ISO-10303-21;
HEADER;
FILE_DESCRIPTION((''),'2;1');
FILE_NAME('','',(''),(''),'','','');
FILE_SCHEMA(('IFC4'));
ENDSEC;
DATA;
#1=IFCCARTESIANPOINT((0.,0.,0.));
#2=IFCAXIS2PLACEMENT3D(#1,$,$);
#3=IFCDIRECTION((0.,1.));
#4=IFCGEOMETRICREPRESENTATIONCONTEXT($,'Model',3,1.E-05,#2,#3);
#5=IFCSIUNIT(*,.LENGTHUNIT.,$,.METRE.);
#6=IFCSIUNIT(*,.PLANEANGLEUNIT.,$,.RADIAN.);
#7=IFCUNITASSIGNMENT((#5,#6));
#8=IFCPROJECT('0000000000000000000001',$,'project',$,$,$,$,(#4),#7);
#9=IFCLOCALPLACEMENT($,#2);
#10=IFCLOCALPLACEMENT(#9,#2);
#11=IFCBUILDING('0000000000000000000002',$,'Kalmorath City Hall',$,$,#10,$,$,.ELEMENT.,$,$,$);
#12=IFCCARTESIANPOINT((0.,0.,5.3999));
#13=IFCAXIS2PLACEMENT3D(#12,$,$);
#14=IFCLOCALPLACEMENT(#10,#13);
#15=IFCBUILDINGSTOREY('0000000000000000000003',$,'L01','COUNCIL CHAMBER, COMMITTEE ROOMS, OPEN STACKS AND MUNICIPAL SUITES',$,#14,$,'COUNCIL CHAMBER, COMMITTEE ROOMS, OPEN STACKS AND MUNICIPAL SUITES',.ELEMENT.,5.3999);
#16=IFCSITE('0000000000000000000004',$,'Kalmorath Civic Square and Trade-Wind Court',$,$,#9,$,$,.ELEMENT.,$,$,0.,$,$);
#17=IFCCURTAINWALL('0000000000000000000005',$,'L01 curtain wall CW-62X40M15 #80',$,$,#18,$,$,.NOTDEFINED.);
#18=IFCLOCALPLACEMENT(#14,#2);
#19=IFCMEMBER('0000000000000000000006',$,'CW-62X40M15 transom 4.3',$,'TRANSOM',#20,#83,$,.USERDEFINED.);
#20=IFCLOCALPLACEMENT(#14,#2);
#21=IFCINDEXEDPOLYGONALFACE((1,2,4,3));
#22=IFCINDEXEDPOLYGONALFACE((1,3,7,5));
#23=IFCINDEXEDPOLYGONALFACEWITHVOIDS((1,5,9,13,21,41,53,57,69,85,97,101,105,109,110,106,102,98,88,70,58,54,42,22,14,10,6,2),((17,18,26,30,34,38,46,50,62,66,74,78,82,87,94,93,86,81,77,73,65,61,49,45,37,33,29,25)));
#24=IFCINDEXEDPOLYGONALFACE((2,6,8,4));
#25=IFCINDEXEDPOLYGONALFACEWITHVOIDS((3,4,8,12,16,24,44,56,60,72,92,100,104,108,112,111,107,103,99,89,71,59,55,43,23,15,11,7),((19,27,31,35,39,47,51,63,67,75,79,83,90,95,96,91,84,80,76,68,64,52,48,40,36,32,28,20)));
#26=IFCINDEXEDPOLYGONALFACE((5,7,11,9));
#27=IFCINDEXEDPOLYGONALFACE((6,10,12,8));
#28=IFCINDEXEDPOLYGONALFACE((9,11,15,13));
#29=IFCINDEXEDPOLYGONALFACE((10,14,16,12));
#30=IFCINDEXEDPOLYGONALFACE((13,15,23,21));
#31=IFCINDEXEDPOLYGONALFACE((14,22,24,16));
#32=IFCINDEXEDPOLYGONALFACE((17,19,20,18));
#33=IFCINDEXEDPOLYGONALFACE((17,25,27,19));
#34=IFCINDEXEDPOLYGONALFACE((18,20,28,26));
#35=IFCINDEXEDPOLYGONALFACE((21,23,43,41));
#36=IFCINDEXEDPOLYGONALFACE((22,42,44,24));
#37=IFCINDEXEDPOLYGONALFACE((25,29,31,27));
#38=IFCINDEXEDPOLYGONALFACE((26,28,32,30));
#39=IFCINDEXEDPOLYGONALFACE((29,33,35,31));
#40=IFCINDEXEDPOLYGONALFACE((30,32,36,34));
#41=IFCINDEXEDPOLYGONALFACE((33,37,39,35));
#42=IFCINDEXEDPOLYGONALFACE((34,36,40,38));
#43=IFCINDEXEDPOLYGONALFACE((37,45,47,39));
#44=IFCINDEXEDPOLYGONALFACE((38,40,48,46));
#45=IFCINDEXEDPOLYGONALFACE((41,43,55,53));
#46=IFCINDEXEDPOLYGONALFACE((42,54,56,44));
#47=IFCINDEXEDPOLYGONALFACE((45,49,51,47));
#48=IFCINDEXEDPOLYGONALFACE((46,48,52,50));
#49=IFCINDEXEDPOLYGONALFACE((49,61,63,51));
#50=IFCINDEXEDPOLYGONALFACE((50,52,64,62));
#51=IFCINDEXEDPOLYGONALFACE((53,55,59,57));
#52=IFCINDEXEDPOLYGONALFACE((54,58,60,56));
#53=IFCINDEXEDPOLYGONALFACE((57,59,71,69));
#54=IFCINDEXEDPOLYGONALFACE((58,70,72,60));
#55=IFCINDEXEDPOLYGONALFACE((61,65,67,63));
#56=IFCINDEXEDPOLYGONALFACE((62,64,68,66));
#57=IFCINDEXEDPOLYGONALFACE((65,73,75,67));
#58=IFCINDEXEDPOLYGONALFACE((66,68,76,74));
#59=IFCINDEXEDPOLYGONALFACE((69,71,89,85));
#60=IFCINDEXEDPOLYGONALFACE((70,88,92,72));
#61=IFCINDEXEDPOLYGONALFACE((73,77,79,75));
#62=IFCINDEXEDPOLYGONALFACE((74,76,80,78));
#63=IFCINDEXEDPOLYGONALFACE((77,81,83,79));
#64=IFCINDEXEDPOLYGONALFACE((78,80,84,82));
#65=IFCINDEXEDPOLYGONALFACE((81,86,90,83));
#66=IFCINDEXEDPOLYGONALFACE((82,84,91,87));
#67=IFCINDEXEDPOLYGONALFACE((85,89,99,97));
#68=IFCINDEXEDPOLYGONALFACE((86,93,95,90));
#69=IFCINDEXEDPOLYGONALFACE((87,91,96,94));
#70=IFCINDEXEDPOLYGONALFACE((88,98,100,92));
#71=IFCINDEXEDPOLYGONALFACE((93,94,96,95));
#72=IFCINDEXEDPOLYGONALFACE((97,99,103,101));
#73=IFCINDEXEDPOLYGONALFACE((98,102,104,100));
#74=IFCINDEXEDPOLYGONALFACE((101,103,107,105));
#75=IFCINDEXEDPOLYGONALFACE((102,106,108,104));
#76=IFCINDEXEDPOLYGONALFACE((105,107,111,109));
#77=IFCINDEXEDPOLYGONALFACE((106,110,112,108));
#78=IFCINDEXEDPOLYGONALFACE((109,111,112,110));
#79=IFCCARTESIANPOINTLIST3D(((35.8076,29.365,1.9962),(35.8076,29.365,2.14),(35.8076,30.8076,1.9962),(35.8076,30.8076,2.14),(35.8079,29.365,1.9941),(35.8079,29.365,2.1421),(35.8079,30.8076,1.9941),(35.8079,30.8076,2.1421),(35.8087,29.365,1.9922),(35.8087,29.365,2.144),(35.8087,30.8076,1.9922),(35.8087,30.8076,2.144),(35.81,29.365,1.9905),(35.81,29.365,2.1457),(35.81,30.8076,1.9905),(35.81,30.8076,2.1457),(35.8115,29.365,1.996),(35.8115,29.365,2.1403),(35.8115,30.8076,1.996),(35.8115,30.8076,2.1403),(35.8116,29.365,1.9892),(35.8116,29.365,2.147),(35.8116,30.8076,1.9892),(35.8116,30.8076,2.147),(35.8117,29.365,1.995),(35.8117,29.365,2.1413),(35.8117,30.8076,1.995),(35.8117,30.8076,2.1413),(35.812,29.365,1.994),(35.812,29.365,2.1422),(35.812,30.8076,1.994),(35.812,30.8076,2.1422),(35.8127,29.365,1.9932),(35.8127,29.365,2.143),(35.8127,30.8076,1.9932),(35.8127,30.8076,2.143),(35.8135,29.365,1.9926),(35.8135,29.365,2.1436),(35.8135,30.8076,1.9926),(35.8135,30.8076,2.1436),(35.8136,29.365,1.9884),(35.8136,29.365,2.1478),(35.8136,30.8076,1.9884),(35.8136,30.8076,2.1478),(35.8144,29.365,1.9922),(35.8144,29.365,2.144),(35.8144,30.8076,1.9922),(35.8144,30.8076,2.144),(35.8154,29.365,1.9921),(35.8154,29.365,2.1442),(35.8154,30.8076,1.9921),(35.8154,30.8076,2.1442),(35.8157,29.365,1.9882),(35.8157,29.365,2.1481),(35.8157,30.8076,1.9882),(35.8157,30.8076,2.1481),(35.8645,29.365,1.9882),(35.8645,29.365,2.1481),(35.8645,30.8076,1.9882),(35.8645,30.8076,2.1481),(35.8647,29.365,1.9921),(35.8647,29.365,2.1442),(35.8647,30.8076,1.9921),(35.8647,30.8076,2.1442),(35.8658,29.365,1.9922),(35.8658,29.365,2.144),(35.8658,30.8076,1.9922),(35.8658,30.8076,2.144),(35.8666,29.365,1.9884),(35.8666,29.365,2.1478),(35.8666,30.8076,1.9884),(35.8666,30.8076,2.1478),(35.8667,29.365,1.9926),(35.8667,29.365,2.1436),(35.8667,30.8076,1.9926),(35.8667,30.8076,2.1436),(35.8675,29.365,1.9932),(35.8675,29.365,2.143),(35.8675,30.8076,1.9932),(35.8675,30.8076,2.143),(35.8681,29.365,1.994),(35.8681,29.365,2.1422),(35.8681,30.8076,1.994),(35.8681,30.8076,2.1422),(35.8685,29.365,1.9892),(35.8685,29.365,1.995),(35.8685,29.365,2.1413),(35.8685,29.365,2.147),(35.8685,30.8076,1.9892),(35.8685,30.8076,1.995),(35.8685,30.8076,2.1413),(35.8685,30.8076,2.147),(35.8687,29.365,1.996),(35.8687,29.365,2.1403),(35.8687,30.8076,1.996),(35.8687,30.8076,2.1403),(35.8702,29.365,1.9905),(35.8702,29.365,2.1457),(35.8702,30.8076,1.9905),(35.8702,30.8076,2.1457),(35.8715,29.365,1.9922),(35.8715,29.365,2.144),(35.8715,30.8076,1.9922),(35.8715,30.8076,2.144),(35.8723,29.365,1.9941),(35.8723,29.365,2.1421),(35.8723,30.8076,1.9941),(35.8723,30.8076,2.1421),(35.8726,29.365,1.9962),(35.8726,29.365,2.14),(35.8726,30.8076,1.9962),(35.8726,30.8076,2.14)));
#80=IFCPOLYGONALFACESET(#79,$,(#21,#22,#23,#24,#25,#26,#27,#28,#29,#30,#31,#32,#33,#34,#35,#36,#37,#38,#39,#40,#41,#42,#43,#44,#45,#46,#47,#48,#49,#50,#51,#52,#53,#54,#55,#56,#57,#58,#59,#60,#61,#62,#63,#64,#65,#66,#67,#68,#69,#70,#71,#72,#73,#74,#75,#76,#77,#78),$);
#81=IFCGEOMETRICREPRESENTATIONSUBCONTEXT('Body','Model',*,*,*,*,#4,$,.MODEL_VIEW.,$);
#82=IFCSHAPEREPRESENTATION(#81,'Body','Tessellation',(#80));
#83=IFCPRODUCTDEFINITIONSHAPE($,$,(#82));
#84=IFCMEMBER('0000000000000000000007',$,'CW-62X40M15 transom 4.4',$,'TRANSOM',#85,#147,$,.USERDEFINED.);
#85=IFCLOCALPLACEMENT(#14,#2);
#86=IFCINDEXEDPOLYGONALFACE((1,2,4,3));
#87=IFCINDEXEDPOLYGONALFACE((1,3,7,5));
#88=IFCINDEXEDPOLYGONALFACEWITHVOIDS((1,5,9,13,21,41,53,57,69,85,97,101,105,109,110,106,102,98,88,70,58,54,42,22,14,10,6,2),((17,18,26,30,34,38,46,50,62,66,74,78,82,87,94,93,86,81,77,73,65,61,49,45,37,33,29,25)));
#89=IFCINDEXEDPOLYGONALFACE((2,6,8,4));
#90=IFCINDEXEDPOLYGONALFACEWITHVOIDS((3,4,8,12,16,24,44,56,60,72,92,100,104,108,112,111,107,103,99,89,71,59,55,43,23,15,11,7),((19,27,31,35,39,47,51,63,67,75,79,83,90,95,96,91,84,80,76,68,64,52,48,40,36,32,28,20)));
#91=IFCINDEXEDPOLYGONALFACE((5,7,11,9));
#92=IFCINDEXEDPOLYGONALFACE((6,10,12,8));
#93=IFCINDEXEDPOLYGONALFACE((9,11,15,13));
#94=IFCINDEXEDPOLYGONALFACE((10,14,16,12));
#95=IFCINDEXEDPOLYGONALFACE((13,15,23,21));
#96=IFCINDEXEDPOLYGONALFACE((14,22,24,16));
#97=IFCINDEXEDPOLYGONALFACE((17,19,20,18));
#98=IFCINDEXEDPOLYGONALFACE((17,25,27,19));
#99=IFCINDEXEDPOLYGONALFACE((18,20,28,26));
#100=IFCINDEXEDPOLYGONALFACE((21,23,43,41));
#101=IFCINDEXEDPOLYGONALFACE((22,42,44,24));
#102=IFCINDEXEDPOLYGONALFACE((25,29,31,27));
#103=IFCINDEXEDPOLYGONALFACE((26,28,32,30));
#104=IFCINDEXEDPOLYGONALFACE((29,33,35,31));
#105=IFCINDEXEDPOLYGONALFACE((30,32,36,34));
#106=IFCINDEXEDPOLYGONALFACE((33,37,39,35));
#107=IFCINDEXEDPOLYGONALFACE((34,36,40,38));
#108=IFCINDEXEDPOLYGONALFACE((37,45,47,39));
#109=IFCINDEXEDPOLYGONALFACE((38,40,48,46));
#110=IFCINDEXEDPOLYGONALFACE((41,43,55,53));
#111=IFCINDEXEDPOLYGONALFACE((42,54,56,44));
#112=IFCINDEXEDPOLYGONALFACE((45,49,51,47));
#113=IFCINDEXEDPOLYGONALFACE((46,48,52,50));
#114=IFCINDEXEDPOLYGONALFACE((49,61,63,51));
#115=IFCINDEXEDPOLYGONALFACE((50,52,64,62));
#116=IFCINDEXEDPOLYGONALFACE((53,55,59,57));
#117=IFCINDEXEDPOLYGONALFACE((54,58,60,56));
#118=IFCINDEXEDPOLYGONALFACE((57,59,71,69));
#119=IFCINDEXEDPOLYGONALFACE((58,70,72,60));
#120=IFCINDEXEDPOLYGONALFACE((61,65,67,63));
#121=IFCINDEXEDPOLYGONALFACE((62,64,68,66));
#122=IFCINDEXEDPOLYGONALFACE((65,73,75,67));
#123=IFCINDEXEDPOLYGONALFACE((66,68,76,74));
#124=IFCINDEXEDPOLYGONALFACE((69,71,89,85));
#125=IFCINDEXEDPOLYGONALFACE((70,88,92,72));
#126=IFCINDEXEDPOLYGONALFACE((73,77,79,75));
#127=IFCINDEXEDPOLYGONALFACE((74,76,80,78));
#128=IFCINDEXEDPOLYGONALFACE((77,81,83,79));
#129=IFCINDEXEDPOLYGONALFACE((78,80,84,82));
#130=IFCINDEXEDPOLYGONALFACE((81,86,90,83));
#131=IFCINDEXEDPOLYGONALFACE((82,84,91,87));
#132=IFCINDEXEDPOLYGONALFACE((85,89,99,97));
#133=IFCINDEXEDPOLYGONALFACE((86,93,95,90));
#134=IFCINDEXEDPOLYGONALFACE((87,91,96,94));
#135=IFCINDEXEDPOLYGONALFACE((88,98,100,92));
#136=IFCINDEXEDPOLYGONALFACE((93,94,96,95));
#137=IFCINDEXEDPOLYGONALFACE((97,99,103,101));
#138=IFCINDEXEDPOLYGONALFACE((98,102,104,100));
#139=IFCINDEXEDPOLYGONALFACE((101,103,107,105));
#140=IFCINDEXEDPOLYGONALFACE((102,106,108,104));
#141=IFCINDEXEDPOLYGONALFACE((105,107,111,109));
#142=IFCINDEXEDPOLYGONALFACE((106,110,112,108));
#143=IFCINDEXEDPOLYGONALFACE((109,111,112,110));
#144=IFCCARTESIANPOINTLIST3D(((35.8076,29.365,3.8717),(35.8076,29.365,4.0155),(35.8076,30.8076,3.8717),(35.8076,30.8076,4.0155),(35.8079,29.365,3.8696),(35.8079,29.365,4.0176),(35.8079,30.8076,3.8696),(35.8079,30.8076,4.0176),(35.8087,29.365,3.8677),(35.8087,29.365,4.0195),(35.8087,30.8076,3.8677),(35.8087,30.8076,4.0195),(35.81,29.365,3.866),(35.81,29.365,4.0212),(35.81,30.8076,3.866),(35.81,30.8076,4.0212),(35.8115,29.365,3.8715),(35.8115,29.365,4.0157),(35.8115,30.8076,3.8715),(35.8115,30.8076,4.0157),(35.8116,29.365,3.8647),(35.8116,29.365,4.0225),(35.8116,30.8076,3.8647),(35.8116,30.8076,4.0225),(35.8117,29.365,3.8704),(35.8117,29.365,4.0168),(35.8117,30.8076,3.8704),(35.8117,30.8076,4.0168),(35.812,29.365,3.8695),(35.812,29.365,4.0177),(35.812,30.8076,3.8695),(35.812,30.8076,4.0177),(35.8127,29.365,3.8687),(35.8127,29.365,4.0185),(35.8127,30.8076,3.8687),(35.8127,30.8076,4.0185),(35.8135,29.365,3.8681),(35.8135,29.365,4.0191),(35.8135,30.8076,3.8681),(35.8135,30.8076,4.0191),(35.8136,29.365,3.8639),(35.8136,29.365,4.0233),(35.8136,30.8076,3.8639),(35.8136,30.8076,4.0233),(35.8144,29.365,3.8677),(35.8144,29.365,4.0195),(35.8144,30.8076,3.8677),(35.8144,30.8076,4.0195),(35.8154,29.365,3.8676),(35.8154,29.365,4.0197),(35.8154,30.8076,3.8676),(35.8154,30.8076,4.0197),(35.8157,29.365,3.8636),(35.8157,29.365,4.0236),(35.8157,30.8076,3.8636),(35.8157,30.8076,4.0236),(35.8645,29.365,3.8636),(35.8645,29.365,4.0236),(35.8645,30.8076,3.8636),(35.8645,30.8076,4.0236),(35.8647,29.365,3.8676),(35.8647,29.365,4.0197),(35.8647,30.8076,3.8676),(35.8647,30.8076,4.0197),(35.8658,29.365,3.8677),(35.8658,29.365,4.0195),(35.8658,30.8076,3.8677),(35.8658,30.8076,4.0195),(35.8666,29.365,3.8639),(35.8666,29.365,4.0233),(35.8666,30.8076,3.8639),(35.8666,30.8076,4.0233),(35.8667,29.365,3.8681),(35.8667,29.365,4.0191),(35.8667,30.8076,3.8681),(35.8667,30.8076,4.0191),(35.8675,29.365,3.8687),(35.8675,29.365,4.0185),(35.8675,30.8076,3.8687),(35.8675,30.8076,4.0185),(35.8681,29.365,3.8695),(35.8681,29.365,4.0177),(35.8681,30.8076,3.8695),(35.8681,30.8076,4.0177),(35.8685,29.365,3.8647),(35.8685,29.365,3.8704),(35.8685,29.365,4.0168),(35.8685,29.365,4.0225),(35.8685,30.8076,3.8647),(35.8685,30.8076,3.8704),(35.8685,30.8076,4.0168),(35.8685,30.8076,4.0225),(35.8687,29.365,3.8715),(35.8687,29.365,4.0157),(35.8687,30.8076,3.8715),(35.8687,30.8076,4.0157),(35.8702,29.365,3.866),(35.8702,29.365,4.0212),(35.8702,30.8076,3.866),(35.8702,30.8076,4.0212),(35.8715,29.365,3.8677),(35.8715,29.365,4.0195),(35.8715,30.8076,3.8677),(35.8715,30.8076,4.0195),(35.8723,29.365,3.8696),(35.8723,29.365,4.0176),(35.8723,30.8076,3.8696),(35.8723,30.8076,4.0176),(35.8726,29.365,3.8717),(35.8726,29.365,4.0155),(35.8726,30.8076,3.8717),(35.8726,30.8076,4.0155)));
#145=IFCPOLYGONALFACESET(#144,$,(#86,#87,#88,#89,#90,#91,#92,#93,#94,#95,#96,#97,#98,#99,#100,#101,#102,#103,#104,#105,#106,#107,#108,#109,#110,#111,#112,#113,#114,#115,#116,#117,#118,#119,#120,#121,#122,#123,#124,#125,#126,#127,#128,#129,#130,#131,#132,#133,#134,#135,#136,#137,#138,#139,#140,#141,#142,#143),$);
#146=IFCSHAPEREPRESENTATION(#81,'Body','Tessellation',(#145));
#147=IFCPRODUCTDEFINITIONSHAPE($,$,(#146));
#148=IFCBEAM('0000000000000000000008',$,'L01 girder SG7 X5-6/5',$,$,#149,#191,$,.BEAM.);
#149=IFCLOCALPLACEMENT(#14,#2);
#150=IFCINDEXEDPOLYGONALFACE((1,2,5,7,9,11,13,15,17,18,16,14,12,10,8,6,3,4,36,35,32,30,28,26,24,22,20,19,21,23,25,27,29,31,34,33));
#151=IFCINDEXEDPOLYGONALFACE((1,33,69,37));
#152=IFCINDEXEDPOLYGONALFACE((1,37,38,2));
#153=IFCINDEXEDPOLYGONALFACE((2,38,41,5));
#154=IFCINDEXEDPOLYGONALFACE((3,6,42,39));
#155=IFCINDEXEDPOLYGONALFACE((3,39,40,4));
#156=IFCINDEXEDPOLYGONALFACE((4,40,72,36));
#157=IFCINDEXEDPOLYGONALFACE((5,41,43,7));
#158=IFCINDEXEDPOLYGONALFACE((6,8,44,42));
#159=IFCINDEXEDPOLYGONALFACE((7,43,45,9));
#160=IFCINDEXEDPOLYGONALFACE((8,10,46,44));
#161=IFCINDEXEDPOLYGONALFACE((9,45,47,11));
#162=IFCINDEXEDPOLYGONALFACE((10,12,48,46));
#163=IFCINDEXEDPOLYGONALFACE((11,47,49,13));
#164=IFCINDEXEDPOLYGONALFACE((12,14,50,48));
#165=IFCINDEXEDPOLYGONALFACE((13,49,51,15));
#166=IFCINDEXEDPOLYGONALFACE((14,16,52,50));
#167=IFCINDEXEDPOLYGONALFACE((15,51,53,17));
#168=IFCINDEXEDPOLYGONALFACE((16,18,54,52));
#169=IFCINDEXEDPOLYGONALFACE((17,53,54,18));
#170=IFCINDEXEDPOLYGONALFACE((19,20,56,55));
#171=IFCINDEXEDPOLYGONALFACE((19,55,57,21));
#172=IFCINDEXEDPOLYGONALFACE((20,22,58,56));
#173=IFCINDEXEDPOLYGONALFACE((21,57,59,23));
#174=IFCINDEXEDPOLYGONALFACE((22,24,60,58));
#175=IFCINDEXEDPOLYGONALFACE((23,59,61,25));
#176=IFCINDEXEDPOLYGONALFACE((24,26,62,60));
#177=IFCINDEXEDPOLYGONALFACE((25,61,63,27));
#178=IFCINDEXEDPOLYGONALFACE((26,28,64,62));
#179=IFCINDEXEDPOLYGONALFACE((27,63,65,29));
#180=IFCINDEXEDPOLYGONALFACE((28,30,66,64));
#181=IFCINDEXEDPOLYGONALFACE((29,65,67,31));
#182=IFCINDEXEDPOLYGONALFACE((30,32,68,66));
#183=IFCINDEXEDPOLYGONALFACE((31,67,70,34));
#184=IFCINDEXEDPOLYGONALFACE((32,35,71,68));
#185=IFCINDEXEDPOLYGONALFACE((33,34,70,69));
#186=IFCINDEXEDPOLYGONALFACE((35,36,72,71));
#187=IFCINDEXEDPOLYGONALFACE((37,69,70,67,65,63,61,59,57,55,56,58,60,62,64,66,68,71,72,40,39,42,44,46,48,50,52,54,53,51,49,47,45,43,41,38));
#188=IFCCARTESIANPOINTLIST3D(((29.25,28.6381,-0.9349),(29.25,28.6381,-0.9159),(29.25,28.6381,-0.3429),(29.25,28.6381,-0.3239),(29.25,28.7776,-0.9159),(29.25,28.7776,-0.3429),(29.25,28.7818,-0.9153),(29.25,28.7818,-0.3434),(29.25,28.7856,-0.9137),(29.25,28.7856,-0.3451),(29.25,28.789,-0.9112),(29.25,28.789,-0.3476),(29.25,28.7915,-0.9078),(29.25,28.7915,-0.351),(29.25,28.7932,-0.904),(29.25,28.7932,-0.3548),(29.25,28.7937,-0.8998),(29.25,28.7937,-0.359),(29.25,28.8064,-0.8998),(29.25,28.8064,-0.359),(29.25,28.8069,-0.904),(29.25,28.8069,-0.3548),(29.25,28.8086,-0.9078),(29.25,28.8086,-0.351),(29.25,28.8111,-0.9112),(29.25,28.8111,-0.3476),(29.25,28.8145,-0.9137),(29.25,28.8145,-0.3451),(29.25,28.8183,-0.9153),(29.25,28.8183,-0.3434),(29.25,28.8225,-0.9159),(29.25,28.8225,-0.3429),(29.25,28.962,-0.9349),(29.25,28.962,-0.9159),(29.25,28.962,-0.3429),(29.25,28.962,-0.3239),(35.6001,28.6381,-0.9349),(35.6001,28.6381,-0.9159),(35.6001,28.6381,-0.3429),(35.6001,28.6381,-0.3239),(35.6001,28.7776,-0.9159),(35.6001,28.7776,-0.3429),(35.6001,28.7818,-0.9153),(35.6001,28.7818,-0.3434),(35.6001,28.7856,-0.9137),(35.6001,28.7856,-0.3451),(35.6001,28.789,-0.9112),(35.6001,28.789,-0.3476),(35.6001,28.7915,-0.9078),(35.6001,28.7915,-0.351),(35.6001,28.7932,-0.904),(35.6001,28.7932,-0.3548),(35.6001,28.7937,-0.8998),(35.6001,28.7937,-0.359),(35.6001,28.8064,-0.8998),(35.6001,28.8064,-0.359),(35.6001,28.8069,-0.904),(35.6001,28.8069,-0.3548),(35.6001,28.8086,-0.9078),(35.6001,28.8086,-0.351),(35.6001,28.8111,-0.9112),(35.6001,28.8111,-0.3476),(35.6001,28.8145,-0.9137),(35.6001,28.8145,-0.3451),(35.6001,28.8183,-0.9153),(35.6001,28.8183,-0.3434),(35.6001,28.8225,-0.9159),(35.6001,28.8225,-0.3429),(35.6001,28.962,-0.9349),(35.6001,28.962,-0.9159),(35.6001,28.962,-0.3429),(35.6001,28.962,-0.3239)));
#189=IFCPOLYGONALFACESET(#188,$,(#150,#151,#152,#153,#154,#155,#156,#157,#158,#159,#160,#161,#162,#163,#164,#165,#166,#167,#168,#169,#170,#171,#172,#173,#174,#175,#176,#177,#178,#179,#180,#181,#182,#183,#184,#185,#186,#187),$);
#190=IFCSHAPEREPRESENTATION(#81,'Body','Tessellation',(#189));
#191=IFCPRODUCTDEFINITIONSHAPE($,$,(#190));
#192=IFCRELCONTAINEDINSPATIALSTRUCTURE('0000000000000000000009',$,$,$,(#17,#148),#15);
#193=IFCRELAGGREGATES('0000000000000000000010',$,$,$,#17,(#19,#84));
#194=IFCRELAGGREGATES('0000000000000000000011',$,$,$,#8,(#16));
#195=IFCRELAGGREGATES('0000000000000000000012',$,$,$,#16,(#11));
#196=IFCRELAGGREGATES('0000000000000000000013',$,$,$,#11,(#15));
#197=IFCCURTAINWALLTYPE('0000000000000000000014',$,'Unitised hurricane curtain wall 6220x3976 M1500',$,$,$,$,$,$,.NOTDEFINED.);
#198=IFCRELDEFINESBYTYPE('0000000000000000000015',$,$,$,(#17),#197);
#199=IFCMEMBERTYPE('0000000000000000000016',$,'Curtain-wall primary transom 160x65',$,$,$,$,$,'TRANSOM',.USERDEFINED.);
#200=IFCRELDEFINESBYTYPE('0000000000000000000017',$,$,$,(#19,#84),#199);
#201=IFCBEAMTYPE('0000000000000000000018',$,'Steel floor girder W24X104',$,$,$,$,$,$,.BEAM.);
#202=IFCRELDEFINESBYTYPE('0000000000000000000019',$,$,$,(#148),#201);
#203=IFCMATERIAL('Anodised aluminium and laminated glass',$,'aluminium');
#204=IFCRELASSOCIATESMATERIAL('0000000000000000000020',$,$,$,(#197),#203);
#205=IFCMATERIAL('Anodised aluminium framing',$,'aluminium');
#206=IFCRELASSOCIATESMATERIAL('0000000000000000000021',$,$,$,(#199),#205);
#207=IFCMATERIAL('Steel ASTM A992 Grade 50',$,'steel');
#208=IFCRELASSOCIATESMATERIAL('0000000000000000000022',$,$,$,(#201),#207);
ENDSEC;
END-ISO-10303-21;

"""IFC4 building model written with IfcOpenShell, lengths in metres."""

from ifc_helpers import new_model, si_unit, direction, frame, origin, origin_2d, place, context, subcontext, project, spatial, hollow_rectangle, i_section, extrude, material, material_profile, profile_set, type_object, element, aggregate, save


model = new_model("IFC4")

# Units and contexts
model_context = context("Model", 3, precision=1e-05, world=origin(), true_north=direction((0.0, 1.0)))
body_context = subcontext(model_context, "Body", "Model", "MODEL_VIEW")
ifc_project = project(units=[si_unit("LENGTHUNIT", "METRE"), si_unit("PLANEANGLEUNIT", "RADIAN")], contexts=[model_context])

# Site, building, storey
site_placement = place(None, origin())
site = spatial("IfcSite", under=ifc_project, at=site_placement, Name="Kalmorath Civic Square and Trade-Wind Court", CompositionType="ELEMENT", RefElevation=0.0)
building_placement = place(site_placement, origin())
building = spatial("IfcBuilding", under=site, at=building_placement, Name="Kalmorath City Hall", CompositionType="ELEMENT")
storey_placement = place(building_placement, frame((0.0, 0.0, 5.3999)))
storey = spatial("IfcBuildingStorey", under=building, at=storey_placement, Name="L01", Description="COUNCIL CHAMBER, COMMITTEE ROOMS, OPEN STACKS AND MUNICIPAL SUITES", LongName="COUNCIL CHAMBER, COMMITTEE ROOMS, OPEN STACKS AND MUNICIPAL SUITES", CompositionType="ELEMENT", Elevation=5.3999)

# Curtain wall
ifc_material_1 = material(Name="Anodised aluminium and laminated glass", Category="aluminium")
curtain_wall_type_1 = type_object("IfcCurtainWallType", Name="Unitised hurricane curtain wall 6220x3976 M1500", PredefinedType="NOTDEFINED", material=ifc_material_1)
curtain_wall_1_placement = place(storey_placement, origin())
curtain_wall_1 = element("IfcCurtainWall", 1, at=curtain_wall_1_placement, inside=storey, type_object=curtain_wall_type_1, Name="L01 curtain wall CW-62X40M15 #80", PredefinedType="NOTDEFINED")

# Members
ifc_material_2 = material(Name="Anodised aluminium framing", Category="aluminium")
ifc_material_profile_1 = material_profile(ifc_material_2, hollow_rectangle(XDim=0.0649, YDim=0.1599, WallThickness=0.0039, InnerFilletRadius=0.0039, OuterFilletRadius=0.0081, at=origin_2d()), Name="ALU-TRN-160X65X4")
ifc_profile_set_1 = profile_set([ifc_material_profile_1], Name="Anodised aluminium framing")
member_type_1 = type_object("IfcMemberType", Name="Curtain-wall primary transom 160x65", ElementType="TRANSOM", PredefinedType="USERDEFINED", material=ifc_profile_set_1)
member_1_placement = place(storey_placement, frame((35.8401, 30.8076, 2.0681), z_axis=(0.0, -1.0, 0.0), x_axis=(1.0, 0.0, 0.0)))
member_1 = element("IfcMember", 2, at=member_1_placement, type_object=member_type_1, Name="CW-62X40M15 transom 4.3", ObjectType="TRANSOM", PredefinedType="USERDEFINED", context=body_context, shape_type="SweptSolid", body=[
    extrude(hollow_rectangle(XDim=0.0649, YDim=0.1599, WallThickness=0.0039, InnerFilletRadius=0.0039, OuterFilletRadius=0.0081, at=origin_2d()), origin(), (0.0, 0.0, 1.0), 1.4426),
])
member_2_placement = place(storey_placement, frame((35.8401, 30.8076, 3.9436), z_axis=(0.0, -1.0, 0.0), x_axis=(1.0, 0.0, 0.0)))
member_2 = element("IfcMember", 3, at=member_2_placement, type_object=member_type_1, Name="CW-62X40M15 transom 4.4", ObjectType="TRANSOM", PredefinedType="USERDEFINED", context=body_context, shape_type="SweptSolid", body=[
    extrude(hollow_rectangle(XDim=0.0649, YDim=0.1599, WallThickness=0.0039, InnerFilletRadius=0.0039, OuterFilletRadius=0.0081, at=origin_2d()), origin(), (0.0, 0.0, 1.0), 1.4426),
])

# Beam
ifc_material_3 = material(Name="Steel ASTM A992 Grade 50", Category="steel")
ifc_material_profile_2 = material_profile(ifc_material_3, i_section(OverallWidth=0.324, OverallDepth=0.6111, WebThickness=0.0127, FlangeThickness=0.019, FilletRadius=0.0161, at=origin_2d()), Name="W24X104")
ifc_profile_set_2 = profile_set([ifc_material_profile_2], Name="Steel ASTM A992 Grade 50")
beam_type_1 = type_object("IfcBeamType", Name="Steel floor girder W24X104", PredefinedType="BEAM", material=ifc_profile_set_2)
beam_1_placement = place(storey_placement, frame((29.25, 28.8, -0.6294), z_axis=(1.0, 0.0, 0.0), x_axis=(0.0, 1.0, 0.0)))
element("IfcBeam", 4, at=beam_1_placement, inside=storey, type_object=beam_type_1, Name="L01 girder SG7 X5-6/5", PredefinedType="BEAM", context=body_context, shape_type="SweptSolid", body=[
    extrude(i_section(OverallWidth=0.324, OverallDepth=0.6111, WebThickness=0.0127, FlangeThickness=0.019, FilletRadius=0.0161, at=origin_2d()), origin(), (0.0, 0.0, 1.0), 6.3501),
])

aggregate(curtain_wall_1, [member_1, member_2])

save(model, "model.ifc")
